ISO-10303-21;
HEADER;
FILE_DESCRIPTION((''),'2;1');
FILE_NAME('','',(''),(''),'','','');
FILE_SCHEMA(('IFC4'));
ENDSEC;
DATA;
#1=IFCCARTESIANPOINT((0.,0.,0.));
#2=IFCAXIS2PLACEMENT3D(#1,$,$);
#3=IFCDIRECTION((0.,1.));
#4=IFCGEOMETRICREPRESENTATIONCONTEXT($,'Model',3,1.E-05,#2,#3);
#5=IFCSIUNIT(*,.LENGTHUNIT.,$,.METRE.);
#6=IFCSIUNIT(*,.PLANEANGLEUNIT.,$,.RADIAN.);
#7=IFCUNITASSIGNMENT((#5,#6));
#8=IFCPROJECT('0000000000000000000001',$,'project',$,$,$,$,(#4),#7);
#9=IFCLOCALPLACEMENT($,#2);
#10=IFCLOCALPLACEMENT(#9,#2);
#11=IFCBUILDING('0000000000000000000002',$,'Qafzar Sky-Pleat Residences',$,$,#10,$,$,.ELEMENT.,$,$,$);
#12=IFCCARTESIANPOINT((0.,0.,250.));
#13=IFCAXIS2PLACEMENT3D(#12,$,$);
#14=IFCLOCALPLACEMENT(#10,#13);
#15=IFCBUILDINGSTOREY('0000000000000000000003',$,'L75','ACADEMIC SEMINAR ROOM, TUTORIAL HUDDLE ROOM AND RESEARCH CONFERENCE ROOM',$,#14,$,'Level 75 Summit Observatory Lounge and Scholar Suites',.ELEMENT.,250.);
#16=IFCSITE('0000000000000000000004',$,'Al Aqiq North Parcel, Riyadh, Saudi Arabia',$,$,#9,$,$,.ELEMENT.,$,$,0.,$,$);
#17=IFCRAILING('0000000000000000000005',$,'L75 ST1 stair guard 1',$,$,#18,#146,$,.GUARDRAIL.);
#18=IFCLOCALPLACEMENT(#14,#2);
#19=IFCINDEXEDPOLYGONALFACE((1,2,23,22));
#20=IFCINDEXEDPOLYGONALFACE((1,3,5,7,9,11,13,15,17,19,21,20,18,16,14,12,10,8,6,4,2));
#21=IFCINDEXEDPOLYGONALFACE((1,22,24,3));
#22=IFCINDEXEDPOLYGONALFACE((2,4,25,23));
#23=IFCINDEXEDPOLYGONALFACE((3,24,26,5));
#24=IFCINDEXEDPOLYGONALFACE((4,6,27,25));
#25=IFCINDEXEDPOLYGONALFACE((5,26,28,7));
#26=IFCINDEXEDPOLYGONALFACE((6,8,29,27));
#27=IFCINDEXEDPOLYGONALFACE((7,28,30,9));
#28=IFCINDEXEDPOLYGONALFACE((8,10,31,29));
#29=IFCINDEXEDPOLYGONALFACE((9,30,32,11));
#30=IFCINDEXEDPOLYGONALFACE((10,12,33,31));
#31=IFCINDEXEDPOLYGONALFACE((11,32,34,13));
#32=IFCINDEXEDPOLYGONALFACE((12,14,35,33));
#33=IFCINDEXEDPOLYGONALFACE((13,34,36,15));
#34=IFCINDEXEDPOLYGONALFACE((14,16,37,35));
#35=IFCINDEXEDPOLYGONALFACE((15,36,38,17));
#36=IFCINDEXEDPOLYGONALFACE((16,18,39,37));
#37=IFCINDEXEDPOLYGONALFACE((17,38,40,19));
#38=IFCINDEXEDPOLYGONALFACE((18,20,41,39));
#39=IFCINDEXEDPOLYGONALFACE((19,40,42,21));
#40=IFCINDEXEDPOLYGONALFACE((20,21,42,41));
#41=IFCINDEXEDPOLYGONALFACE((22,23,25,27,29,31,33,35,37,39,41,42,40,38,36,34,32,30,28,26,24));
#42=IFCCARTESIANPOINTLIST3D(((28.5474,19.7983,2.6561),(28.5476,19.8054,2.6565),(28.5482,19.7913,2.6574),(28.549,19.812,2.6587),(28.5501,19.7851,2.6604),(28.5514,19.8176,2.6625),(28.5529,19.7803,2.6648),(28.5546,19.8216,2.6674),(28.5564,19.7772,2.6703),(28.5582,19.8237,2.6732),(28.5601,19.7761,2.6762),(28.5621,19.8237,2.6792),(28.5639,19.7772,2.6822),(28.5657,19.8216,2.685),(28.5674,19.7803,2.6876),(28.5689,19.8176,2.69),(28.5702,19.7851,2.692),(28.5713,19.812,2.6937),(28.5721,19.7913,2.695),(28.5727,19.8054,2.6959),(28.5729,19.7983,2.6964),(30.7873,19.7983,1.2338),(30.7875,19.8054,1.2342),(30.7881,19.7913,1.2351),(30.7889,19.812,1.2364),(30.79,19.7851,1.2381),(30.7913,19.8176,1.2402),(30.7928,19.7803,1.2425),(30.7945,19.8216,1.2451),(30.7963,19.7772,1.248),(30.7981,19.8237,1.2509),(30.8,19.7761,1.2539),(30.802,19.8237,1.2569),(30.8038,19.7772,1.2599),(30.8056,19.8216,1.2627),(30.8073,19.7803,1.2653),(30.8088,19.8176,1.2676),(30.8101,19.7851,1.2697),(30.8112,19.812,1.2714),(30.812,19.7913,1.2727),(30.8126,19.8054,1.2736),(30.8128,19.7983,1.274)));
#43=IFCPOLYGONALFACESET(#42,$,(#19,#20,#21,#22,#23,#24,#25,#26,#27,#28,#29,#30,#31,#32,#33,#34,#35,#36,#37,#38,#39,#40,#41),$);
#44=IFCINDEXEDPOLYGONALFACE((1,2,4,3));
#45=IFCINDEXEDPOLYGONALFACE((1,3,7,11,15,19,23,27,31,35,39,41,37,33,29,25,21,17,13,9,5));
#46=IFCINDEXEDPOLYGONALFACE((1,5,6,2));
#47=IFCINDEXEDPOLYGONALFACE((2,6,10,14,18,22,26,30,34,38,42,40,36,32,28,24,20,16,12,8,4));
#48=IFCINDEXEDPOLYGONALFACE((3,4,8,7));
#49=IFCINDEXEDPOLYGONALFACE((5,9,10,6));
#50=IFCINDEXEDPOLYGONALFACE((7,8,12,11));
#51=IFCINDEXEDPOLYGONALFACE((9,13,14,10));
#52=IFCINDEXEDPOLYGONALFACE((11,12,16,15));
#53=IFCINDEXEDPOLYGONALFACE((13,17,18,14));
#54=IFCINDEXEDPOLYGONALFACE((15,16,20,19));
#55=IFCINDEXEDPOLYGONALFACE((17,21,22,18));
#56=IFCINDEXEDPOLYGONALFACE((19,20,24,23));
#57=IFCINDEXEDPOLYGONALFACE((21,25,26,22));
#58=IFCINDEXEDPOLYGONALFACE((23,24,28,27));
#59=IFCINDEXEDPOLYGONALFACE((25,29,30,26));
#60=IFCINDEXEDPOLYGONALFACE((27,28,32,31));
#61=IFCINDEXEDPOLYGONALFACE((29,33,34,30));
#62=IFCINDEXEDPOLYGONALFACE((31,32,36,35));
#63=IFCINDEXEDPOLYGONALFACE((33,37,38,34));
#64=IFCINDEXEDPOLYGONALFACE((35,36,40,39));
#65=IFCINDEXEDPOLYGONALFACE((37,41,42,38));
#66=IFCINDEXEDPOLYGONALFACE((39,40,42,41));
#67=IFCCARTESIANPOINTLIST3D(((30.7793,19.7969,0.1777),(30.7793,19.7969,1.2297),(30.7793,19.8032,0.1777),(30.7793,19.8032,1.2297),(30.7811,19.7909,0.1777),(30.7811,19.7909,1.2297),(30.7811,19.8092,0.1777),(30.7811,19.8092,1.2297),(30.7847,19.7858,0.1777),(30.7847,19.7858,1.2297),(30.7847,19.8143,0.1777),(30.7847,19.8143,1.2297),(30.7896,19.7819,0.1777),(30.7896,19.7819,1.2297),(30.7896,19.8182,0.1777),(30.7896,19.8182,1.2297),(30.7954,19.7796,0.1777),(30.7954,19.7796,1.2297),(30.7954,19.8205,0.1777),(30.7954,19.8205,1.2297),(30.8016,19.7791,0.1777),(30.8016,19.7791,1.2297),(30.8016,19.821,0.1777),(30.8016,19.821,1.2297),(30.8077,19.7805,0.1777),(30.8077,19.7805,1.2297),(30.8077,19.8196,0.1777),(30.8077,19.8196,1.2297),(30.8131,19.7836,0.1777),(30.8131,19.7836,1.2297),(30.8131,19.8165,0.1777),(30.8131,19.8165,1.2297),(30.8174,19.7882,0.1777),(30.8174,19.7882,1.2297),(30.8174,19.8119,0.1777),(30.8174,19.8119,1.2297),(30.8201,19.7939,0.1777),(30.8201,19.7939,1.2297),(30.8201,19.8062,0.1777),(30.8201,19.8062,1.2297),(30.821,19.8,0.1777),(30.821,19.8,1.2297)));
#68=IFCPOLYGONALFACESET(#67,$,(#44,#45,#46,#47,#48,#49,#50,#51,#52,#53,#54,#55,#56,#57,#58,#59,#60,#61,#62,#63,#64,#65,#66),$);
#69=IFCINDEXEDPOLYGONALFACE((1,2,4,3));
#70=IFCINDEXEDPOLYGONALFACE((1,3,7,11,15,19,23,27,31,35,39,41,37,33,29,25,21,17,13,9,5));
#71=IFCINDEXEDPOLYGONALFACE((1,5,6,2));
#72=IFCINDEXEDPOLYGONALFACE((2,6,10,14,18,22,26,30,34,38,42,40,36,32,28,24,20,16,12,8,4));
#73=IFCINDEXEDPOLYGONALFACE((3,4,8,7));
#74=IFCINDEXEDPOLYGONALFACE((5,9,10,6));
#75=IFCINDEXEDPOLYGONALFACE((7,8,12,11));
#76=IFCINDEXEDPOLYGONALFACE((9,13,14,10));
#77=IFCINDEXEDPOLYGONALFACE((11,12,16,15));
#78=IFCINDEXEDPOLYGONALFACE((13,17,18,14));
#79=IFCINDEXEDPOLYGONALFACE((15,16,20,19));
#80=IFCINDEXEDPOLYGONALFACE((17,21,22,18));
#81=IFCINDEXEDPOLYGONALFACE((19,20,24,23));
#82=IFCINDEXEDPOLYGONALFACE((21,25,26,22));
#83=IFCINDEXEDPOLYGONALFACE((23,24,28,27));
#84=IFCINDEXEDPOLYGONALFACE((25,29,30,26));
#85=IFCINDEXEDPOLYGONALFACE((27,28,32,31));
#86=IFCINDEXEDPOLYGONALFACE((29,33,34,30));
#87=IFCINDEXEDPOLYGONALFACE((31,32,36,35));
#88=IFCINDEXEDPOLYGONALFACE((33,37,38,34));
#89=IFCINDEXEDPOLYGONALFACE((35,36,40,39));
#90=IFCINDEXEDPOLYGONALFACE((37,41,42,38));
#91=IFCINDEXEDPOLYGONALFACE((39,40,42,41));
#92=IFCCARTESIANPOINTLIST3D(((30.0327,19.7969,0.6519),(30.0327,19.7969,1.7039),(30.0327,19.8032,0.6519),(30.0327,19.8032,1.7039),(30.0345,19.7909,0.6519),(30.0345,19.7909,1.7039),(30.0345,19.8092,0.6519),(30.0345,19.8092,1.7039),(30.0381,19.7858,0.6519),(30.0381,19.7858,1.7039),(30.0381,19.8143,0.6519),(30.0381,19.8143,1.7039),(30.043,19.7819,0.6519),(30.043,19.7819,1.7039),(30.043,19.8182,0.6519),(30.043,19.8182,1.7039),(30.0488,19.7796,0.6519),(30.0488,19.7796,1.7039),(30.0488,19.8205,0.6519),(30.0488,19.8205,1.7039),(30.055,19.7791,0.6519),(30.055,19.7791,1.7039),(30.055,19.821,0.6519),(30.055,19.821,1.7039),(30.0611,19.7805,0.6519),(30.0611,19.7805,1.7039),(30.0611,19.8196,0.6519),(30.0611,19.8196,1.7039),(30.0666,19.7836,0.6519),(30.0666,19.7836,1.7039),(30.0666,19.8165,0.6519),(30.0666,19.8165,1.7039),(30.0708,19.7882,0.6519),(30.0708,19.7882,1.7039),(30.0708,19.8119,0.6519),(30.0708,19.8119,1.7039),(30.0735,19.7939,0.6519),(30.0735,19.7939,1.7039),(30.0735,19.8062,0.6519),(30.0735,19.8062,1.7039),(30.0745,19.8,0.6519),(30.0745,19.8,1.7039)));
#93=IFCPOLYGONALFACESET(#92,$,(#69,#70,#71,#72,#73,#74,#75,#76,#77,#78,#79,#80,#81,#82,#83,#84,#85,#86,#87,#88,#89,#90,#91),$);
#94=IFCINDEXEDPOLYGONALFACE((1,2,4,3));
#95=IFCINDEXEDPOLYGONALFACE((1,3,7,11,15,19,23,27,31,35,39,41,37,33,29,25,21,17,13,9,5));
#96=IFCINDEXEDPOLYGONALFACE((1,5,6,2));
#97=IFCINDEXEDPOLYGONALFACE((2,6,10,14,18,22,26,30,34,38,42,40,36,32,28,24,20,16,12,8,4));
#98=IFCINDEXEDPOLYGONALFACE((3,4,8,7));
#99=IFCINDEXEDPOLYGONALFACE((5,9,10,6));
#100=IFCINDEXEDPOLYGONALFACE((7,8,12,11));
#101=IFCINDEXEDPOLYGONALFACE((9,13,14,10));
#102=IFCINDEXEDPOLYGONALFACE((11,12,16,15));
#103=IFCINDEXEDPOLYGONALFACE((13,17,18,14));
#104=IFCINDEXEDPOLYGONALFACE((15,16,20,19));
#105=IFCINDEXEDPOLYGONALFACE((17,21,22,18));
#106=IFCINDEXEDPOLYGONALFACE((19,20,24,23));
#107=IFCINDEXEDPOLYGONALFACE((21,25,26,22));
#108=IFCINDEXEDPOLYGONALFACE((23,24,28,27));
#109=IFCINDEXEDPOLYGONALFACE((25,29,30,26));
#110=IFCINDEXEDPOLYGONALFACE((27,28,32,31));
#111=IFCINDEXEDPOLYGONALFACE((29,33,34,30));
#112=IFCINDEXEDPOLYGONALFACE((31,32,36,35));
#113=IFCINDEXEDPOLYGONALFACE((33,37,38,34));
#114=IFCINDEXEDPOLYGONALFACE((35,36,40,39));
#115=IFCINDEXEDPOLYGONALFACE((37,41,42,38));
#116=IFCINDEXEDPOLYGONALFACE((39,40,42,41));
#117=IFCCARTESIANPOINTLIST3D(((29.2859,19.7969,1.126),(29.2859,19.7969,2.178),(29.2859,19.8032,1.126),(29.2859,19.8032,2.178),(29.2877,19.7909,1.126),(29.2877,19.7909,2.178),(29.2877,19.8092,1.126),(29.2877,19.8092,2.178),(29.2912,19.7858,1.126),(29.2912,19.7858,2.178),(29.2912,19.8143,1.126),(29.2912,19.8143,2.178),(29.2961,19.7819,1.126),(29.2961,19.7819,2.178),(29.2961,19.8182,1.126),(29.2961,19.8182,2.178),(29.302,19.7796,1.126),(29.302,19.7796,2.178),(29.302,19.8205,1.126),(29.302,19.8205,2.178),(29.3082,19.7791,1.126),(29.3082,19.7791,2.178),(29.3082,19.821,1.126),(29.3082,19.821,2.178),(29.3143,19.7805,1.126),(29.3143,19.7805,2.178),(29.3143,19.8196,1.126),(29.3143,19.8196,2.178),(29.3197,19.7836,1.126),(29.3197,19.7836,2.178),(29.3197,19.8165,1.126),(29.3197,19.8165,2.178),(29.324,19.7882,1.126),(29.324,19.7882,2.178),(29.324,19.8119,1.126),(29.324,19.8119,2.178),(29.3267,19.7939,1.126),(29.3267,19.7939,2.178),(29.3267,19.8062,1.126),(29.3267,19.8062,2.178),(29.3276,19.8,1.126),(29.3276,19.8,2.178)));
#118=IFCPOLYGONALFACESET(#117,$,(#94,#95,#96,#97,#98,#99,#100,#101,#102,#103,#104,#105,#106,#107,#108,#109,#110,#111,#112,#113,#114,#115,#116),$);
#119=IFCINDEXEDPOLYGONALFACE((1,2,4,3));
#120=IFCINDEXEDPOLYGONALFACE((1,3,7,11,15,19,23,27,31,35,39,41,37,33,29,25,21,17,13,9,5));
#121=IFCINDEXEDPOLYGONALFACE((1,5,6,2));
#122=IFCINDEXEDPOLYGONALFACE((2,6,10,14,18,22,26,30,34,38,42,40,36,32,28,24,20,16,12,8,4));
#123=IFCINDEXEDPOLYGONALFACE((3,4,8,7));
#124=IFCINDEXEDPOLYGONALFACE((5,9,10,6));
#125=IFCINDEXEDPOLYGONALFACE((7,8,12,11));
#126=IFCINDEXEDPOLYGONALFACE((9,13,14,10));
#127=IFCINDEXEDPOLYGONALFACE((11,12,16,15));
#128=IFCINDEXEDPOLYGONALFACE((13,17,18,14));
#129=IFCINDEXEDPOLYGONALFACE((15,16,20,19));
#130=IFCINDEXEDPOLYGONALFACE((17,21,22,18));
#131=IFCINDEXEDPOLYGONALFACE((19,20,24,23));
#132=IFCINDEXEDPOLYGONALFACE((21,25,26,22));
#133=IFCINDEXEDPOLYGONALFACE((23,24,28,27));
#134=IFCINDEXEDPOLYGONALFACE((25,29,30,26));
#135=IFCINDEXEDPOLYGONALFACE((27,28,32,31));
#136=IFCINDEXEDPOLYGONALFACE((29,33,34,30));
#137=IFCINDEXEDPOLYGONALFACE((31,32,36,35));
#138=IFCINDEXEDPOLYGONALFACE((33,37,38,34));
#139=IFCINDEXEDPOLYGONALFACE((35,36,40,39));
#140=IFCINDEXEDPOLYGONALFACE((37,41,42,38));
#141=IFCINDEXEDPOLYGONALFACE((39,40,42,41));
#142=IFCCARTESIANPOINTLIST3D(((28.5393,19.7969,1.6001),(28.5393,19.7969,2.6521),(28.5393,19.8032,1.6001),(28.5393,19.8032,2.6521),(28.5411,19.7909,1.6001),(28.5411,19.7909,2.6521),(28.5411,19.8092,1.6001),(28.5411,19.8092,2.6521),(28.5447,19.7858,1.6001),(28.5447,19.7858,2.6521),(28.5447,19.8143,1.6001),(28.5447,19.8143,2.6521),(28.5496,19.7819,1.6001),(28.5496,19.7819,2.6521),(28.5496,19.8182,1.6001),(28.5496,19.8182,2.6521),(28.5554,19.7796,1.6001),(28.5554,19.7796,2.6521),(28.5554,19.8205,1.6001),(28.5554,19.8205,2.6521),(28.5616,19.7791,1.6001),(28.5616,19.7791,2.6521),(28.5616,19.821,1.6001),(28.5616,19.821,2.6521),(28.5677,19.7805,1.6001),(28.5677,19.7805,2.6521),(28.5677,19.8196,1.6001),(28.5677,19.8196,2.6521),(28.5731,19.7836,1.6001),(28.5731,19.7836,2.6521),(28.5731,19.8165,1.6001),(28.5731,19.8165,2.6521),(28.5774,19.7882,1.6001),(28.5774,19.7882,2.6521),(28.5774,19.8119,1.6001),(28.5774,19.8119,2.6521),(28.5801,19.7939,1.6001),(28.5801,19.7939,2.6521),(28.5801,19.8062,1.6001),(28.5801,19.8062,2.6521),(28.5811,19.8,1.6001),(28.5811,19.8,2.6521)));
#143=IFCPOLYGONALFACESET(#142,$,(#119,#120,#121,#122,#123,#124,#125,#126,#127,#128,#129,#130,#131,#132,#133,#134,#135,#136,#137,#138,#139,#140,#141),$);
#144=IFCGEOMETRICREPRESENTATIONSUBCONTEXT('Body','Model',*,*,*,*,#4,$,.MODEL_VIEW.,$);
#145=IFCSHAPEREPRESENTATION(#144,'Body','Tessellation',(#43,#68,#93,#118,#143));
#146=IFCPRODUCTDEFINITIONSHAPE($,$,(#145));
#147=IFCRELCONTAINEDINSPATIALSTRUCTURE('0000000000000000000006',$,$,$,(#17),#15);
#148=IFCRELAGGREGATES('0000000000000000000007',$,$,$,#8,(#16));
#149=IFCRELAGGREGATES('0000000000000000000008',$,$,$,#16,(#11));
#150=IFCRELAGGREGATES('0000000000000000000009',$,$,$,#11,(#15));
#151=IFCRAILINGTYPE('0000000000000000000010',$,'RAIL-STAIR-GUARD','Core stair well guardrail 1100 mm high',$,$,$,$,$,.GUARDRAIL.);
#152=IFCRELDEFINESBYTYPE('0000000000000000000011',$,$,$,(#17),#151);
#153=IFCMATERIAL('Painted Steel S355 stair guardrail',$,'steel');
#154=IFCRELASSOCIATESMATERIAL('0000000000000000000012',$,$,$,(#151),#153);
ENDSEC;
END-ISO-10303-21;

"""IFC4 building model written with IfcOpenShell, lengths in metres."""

from ifc_helpers import new_model, si_unit, direction, frame, origin, origin_2d, place, context, subcontext, project, spatial, circle, extrude, source, transform, mapped, material, type_object, element, save


model = new_model("IFC4")

# Units and contexts
model_context = context("Model", 3, precision=1e-05, world=origin(), true_north=direction((0.0, 1.0)))
body_context = subcontext(model_context, "Body", "Model", "MODEL_VIEW")
ifc_project = project(units=[si_unit("LENGTHUNIT", "METRE"), si_unit("PLANEANGLEUNIT", "RADIAN")], contexts=[model_context])

# Site, building, storey
site_placement = place(None, origin())
site = spatial("IfcSite", under=ifc_project, at=site_placement, Name="Al Aqiq North Parcel, Riyadh, Saudi Arabia", CompositionType="ELEMENT", RefElevation=0.0)
building_placement = place(site_placement, origin())
building = spatial("IfcBuilding", under=site, at=building_placement, Name="Qafzar Sky-Pleat Residences", CompositionType="ELEMENT")
storey_placement = place(building_placement, frame((0.0, 0.0, 250.0)))
storey = spatial("IfcBuildingStorey", under=building, at=storey_placement, Name="L75", Description="ACADEMIC SEMINAR ROOM, TUTORIAL HUDDLE ROOM AND RESEARCH CONFERENCE ROOM", LongName="Level 75 Summit Observatory Lounge and Scholar Suites", CompositionType="ELEMENT", Elevation=250.0)

# Railing
ifc_material_1 = material(Name="Painted Steel S355 stair guardrail", Category="steel")
railing_type_1 = type_object("IfcRailingType", Name="RAIL-STAIR-GUARD", Description="Core stair well guardrail 1100 mm high", PredefinedType="GUARDRAIL", material=ifc_material_1)
shared_shape_1 = source(origin(), body_context, "Body", "SweptSolid", [
    extrude(circle(Radius=0.0239, at=origin_2d()), frame((0.0, 0.0, 1.0762), z_axis=(-0.844188, 0.0, 0.536048), x_axis=(0.0, -1.0, 0.0)), (0.0, 0.0, 1.0), 2.6533),
    extrude(circle(Radius=0.021, at=origin_2d()), origin(), (0.0, 0.0, 1.0), 1.052),
    extrude(circle(Radius=0.021, at=origin_2d()), frame((-0.7466, 0.0, 0.4741)), (0.0, 0.0, 1.0), 1.052),
    extrude(circle(Radius=0.021, at=origin_2d()), frame((-1.4934, 0.0, 0.9482)), (0.0, 0.0, 1.0), 1.052),
    extrude(circle(Radius=0.021, at=origin_2d()), frame((-2.24, 0.0, 1.4224)), (0.0, 0.0, 1.0), 1.052),
])
railing_1_placement = place(storey_placement, frame((30.8, 19.8, 0.1777)))
element("IfcRailing", 1, at=railing_1_placement, inside=storey, type_object=railing_type_1, Name="L75 ST1 stair guard 1", PredefinedType="GUARDRAIL", context=body_context, shape_type="MappedRepresentation", body=[
    mapped(shared_shape_1, transform((0.0, 0.0, 0.0), x_axis=(1.0, 0.0, 0.0), y_axis=(0.0, 1.0, 0.0), z_axis=(0.0, 0.0, 1.0), scale=1.0)),
])

save(model, "model.ifc")
